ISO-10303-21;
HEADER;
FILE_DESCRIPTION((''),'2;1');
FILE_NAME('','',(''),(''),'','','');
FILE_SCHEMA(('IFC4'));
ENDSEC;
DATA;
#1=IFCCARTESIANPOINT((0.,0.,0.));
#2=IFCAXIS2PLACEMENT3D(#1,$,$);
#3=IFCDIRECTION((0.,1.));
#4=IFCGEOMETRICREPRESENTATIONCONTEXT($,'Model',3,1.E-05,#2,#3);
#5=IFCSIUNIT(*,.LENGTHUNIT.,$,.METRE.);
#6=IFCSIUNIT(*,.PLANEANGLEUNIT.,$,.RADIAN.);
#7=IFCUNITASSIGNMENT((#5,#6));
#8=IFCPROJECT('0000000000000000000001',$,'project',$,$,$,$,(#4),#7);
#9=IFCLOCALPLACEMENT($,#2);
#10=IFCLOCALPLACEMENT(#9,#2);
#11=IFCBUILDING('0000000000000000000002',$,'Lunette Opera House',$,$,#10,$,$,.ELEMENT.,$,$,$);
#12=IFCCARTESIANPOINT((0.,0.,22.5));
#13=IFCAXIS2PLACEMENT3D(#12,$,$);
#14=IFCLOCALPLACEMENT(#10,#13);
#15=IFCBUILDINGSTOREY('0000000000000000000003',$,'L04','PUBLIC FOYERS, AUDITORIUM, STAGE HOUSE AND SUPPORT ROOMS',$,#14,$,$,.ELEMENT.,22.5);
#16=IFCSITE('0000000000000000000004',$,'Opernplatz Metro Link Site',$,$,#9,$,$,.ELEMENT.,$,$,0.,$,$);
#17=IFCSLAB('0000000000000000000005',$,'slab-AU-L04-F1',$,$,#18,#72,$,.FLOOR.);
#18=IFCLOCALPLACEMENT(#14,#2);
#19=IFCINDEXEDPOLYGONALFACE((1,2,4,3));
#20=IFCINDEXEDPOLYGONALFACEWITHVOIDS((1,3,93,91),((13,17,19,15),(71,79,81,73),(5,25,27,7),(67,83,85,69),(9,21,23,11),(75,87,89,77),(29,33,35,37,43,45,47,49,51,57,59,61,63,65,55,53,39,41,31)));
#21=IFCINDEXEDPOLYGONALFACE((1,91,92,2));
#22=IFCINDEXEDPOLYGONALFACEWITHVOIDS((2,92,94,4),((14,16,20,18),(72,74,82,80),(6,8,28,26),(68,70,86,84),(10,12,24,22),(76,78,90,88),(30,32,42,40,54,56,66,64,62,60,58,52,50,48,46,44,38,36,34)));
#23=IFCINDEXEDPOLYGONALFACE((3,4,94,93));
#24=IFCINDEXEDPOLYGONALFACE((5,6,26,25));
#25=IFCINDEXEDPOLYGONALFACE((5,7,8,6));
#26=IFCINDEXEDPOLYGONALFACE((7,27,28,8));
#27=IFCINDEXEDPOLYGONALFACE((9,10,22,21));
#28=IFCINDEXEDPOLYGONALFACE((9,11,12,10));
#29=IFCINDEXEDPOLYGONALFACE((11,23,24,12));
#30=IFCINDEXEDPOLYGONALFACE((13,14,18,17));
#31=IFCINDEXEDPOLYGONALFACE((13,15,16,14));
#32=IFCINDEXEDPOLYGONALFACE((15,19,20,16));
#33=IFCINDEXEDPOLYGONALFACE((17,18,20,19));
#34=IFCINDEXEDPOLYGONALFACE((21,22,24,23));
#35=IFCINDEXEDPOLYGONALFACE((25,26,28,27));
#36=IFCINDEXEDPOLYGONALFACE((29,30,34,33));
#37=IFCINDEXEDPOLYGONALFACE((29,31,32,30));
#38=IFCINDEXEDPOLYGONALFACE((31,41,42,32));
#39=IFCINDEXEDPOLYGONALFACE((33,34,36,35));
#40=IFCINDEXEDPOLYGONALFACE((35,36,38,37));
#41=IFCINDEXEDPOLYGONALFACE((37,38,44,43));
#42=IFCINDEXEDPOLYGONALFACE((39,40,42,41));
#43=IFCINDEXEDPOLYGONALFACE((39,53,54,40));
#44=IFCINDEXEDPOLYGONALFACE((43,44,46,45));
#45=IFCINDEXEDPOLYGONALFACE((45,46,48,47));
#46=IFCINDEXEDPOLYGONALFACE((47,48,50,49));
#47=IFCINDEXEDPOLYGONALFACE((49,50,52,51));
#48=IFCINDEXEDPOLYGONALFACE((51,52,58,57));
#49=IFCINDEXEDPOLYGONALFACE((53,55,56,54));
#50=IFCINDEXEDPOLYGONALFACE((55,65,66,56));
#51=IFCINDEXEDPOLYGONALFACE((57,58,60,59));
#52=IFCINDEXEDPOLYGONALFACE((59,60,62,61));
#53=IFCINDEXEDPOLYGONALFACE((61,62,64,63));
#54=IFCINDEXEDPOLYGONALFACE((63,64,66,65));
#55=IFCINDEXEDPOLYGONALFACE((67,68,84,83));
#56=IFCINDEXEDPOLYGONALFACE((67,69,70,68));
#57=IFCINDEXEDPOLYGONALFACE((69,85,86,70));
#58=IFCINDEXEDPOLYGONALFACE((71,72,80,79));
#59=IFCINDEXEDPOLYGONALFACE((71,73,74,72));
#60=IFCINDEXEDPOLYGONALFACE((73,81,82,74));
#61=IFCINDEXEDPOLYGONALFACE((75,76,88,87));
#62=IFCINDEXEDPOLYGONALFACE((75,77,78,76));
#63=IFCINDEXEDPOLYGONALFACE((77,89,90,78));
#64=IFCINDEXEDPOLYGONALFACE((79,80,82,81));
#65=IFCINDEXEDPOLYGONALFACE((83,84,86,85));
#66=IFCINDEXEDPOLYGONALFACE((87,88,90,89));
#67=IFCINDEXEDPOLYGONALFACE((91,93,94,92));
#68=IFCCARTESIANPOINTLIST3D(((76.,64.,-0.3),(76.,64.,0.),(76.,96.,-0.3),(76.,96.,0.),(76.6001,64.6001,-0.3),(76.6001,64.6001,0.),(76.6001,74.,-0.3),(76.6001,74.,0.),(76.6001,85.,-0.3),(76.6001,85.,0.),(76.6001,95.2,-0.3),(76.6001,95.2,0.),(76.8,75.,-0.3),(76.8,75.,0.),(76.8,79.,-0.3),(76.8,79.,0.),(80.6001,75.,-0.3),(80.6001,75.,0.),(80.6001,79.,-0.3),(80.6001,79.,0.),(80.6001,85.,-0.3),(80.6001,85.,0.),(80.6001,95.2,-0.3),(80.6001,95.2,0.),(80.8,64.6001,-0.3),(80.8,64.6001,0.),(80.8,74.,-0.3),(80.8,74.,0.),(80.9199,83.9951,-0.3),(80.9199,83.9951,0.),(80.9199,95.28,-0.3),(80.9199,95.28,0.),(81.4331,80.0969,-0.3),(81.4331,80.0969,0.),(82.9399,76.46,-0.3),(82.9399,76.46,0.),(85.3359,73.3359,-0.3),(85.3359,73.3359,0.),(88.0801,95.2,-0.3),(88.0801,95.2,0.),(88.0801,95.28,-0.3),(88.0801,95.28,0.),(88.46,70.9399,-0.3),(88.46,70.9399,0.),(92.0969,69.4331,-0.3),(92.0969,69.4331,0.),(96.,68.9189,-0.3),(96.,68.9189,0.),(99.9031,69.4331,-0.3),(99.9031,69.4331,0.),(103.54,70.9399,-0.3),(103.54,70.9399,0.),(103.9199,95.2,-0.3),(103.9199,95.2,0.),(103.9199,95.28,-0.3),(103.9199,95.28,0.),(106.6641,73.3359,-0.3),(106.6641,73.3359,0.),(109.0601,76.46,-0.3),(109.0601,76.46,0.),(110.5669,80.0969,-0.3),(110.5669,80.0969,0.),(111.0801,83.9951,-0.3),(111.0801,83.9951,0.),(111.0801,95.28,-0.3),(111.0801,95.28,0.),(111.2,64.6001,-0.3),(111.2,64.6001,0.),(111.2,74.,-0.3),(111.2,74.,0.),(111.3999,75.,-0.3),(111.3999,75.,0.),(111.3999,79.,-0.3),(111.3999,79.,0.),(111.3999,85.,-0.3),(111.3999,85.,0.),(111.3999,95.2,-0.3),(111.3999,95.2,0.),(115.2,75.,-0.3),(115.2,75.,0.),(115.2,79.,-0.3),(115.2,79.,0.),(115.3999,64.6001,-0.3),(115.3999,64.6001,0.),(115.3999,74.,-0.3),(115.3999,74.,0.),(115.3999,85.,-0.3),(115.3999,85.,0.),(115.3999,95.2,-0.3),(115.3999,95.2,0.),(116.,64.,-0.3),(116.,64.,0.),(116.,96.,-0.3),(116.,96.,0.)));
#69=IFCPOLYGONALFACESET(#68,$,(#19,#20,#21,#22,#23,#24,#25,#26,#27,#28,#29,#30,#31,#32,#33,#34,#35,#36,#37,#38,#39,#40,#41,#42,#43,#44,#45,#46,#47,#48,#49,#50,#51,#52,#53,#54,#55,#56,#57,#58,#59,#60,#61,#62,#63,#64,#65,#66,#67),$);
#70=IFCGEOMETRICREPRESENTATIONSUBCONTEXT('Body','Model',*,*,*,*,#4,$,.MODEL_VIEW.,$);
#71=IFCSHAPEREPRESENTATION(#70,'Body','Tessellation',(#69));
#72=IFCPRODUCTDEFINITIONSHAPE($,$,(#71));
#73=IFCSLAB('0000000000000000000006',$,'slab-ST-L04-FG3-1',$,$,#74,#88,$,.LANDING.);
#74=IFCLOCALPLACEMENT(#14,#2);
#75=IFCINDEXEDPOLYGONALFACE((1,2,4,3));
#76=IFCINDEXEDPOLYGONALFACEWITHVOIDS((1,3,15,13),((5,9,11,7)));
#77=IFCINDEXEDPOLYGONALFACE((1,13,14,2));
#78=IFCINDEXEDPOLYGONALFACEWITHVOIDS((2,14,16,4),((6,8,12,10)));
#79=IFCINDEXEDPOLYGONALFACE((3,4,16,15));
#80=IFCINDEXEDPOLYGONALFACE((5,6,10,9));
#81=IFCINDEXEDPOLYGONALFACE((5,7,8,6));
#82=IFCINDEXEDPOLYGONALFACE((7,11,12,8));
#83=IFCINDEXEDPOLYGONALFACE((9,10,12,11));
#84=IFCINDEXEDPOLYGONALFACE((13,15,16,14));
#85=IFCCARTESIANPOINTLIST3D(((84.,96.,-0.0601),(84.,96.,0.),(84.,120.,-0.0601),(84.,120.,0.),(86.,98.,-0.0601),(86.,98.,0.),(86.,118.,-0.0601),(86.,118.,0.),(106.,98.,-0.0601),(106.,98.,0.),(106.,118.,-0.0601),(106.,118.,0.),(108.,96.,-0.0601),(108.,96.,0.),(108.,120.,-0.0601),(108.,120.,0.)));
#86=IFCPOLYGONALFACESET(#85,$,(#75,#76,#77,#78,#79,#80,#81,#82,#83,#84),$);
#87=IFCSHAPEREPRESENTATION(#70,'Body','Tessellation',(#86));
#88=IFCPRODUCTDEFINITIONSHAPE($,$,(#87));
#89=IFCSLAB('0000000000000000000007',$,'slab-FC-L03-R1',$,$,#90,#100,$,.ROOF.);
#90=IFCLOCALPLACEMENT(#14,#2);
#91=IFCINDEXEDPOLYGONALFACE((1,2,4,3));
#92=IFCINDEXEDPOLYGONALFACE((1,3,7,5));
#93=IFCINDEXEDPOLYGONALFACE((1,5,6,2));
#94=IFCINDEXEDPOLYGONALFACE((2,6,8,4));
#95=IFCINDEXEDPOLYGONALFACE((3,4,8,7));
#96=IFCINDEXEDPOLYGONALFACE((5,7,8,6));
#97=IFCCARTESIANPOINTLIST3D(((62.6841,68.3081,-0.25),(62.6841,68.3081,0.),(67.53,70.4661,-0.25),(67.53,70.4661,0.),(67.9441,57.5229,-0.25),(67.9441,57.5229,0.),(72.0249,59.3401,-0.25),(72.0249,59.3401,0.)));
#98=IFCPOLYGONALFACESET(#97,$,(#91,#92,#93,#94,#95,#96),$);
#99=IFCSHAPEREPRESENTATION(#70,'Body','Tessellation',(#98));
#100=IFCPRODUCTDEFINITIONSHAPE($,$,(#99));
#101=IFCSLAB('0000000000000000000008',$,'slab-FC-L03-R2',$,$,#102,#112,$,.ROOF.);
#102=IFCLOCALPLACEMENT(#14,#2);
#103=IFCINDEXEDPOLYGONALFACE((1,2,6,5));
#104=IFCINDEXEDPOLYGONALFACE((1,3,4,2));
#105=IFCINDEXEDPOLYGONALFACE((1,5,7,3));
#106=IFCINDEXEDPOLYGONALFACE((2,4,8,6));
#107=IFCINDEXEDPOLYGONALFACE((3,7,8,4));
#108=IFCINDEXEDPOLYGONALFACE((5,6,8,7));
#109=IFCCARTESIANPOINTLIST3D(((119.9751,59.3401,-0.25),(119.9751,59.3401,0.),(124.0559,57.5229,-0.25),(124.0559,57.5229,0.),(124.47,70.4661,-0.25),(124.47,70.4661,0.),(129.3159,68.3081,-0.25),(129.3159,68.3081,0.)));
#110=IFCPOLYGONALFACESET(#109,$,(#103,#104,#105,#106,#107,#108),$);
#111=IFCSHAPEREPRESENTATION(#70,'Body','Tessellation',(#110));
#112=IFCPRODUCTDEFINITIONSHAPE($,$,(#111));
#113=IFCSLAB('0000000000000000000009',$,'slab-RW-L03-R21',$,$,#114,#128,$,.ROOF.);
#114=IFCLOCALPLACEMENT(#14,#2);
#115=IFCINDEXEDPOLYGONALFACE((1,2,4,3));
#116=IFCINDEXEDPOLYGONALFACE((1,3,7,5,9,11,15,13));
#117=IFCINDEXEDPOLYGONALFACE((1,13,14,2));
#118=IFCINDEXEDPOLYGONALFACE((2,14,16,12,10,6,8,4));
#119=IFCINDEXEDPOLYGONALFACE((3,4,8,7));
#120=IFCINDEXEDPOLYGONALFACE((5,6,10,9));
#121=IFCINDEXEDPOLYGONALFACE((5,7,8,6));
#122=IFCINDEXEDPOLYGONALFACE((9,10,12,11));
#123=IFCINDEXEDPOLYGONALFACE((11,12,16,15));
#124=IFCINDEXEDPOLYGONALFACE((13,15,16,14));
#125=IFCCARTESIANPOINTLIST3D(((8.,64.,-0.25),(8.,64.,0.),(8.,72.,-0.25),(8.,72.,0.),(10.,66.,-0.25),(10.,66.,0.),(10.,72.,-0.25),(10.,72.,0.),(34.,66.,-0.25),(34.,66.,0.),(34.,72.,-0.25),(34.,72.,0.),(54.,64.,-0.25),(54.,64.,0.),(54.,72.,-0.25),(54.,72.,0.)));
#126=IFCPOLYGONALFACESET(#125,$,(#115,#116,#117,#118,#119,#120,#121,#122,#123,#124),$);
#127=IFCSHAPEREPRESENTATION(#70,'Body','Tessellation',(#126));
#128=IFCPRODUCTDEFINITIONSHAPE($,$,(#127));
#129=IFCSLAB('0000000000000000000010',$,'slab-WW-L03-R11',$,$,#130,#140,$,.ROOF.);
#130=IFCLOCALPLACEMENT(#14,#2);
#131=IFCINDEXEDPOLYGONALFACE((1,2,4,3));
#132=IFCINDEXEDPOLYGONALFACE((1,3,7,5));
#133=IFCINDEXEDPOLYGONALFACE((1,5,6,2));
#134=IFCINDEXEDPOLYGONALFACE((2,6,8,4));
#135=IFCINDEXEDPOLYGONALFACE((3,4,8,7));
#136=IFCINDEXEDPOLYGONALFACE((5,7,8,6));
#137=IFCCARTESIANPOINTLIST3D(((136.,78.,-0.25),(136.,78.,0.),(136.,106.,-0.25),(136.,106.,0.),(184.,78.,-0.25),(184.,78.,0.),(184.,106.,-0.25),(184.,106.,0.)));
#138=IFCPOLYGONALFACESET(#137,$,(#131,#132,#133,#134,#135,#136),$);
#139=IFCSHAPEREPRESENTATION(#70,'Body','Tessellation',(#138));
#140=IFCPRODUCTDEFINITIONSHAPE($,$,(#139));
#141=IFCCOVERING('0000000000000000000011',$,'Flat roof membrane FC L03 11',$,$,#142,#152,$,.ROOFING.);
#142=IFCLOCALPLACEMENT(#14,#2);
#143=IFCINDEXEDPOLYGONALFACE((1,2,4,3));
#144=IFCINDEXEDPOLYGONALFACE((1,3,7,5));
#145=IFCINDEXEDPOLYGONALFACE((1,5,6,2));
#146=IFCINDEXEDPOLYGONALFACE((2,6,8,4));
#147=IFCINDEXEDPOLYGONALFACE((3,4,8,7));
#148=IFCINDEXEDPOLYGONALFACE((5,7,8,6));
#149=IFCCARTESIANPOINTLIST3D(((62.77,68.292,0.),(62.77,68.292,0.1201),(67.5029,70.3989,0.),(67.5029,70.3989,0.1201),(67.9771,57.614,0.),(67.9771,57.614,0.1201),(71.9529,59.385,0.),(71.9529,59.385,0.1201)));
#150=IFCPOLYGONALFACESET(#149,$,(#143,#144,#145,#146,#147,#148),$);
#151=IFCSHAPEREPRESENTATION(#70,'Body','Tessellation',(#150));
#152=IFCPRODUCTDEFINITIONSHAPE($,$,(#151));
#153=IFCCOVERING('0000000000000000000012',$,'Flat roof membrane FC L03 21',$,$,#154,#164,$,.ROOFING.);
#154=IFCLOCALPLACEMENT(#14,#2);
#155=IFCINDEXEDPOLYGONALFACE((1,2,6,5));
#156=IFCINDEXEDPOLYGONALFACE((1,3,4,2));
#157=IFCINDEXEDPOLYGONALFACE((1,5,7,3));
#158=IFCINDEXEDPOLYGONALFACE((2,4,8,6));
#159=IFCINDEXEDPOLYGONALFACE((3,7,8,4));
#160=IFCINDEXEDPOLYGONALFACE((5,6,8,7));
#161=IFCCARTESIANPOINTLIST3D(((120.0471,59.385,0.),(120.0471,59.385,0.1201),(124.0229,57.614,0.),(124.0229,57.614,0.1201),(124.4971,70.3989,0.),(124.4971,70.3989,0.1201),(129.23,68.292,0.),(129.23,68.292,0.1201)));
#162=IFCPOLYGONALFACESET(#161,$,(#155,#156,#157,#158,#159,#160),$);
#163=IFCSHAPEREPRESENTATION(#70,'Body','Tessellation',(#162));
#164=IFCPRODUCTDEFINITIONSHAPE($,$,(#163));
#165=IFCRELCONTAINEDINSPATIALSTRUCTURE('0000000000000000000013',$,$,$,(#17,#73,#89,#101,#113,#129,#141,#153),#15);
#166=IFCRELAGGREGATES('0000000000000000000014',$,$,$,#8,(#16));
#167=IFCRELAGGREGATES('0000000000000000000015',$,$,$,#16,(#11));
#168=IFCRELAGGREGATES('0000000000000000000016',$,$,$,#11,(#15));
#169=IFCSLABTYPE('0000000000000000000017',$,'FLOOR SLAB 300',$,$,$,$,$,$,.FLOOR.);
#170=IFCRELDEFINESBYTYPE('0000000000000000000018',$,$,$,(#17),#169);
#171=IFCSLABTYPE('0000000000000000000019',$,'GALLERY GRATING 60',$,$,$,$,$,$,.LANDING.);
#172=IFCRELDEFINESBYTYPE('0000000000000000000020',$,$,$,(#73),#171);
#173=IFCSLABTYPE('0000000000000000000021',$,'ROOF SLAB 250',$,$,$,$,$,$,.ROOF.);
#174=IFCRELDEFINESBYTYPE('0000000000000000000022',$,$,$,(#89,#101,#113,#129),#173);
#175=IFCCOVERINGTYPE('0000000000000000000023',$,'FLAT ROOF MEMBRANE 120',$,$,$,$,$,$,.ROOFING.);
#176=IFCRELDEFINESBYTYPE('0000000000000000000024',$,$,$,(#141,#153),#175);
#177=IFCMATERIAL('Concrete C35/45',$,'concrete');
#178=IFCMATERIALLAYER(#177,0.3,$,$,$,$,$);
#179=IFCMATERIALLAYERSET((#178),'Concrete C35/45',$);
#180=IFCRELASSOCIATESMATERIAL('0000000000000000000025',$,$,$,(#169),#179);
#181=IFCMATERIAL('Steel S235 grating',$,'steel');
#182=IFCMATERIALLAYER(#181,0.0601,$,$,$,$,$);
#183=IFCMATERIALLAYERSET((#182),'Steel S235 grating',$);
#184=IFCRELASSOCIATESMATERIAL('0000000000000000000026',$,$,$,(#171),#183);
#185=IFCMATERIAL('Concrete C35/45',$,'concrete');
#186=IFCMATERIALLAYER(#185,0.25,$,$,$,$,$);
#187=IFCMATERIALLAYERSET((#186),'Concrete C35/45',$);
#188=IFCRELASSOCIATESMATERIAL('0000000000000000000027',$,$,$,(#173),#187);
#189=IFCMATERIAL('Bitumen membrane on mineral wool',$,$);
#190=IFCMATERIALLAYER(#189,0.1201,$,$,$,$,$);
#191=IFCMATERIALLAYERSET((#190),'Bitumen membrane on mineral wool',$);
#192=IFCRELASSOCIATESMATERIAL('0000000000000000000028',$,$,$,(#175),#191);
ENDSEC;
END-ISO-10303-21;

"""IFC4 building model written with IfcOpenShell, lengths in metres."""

from ifc_helpers import new_model, si_unit, direction, frame, origin, place, context, subcontext, project, spatial, polyline, outline, extrude, material, layer, layer_set, type_object, element, save


model = new_model("IFC4")

# Units and contexts
model_context = context("Model", 3, precision=1e-05, world=origin(), true_north=direction((0.0, 1.0)))
body_context = subcontext(model_context, "Body", "Model", "MODEL_VIEW")
ifc_project = project(units=[si_unit("LENGTHUNIT", "METRE"), si_unit("PLANEANGLEUNIT", "RADIAN")], contexts=[model_context])

# Site, building, storey
site_placement = place(None, origin())
site = spatial("IfcSite", under=ifc_project, at=site_placement, Name="Opernplatz Metro Link Site", CompositionType="ELEMENT", RefElevation=0.0)
building_placement = place(site_placement, origin())
building = spatial("IfcBuilding", under=site, at=building_placement, Name="Lunette Opera House", CompositionType="ELEMENT")
storey_placement = place(building_placement, frame((0.0, 0.0, 22.5)))
storey = spatial("IfcBuildingStorey", under=building, at=storey_placement, Name="L04", Description="PUBLIC FOYERS, AUDITORIUM, STAGE HOUSE AND SUPPORT ROOMS", CompositionType="ELEMENT", Elevation=22.5)

# Slabs
ifc_material_1 = material(Name="Concrete C35/45", Category="concrete")
ifc_layer_1 = layer(ifc_material_1, 0.3)
ifc_layer_set_1 = layer_set([ifc_layer_1], Name="Concrete C35/45")
slab_type_1 = type_object("IfcSlabType", Name="FLOOR SLAB 300", PredefinedType="FLOOR", material=ifc_layer_set_1)
slab_1_placement = place(storey_placement, frame((0.0, 0.0, -0.3)))
element("IfcSlab", 1, at=slab_1_placement, inside=storey, type_object=slab_type_1, Name="slab-AU-L04-F1", PredefinedType="FLOOR", context=body_context, shape_type="SweptSolid", body=[
    extrude(outline(polyline([(116.0, 96.0), (76.0, 96.0), (76.0, 64.0), (116.0, 64.0), (116.0, 96.0)]), holes=[polyline([(88.0801, 95.2), (103.9199, 95.2), (103.9199, 95.28), (111.0801, 95.28), (111.0801, 83.9951), (110.5669, 80.0969), (109.0601, 76.46), (106.6641, 73.3359), (103.54, 70.9399), (99.9031, 69.4331), (96.0, 68.9189), (92.0969, 69.4331), (88.46, 70.9399), (85.3359, 73.3359), (82.9399, 76.46), (81.4331, 80.0969), (80.9199, 83.9951), (80.9199, 95.28), (88.0801, 95.28), (88.0801, 95.2)]), polyline([(80.8, 64.6001), (76.6001, 64.6001), (76.6001, 74.0), (80.8, 74.0), (80.8, 64.6001)]), polyline([(111.2, 64.6001), (111.2, 74.0), (115.3999, 74.0), (115.3999, 64.6001), (111.2, 64.6001)]), polyline([(76.8, 75.0), (76.8, 79.0), (80.6001, 79.0), (80.6001, 75.0), (76.8, 75.0)]), polyline([(115.2, 75.0), (111.3999, 75.0), (111.3999, 79.0), (115.2, 79.0), (115.2, 75.0)]), polyline([(76.6001, 85.0), (76.6001, 95.2), (80.6001, 95.2), (80.6001, 85.0), (76.6001, 85.0)]), polyline([(111.3999, 85.0), (111.3999, 95.2), (115.3999, 95.2), (115.3999, 85.0), (111.3999, 85.0)])]), origin(), (0.0, 0.0, 1.0), 0.3),
])
ifc_material_2 = material(Name="Steel S235 grating", Category="steel")
ifc_layer_2 = layer(ifc_material_2, 0.0601)
ifc_layer_set_2 = layer_set([ifc_layer_2], Name="Steel S235 grating")
slab_type_2 = type_object("IfcSlabType", Name="GALLERY GRATING 60", PredefinedType="LANDING", material=ifc_layer_set_2)
slab_2_placement = place(storey_placement, frame((0.0, 0.0, -0.0601)))
element("IfcSlab", 2, at=slab_2_placement, inside=storey, type_object=slab_type_2, Name="slab-ST-L04-FG3-1", PredefinedType="LANDING", context=body_context, shape_type="SweptSolid", body=[
    extrude(outline(polyline([(84.0, 96.0), (108.0, 96.0), (108.0, 120.0), (84.0, 120.0), (84.0, 96.0)]), holes=[polyline([(106.0, 118.0), (106.0, 98.0), (86.0, 98.0), (86.0, 118.0), (106.0, 118.0)])]), origin(), (0.0, 0.0, 1.0), 0.0601),
])
ifc_material_3 = material(Name="Concrete C35/45", Category="concrete")
ifc_layer_3 = layer(ifc_material_3, 0.25)
ifc_layer_set_3 = layer_set([ifc_layer_3], Name="Concrete C35/45")
slab_type_3 = type_object("IfcSlabType", Name="ROOF SLAB 250", PredefinedType="ROOF", material=ifc_layer_set_3)
slab_3_placement = place(storey_placement, frame((0.0, 0.0, -0.25)))
element("IfcSlab", 3, at=slab_3_placement, inside=storey, type_object=slab_type_3, Name="slab-FC-L03-R1", PredefinedType="ROOF", context=body_context, shape_type="SweptSolid", body=[
    extrude(outline(polyline([(67.53, 70.4661), (62.6841, 68.3081), (67.9441, 57.5229), (72.0249, 59.3401), (67.53, 70.4661)])), origin(), (0.0, 0.0, 1.0), 0.25),
])
slab_4_placement = place(storey_placement, frame((0.0, 0.0, -0.25)))
element("IfcSlab", 4, at=slab_4_placement, inside=storey, type_object=slab_type_3, Name="slab-FC-L03-R2", PredefinedType="ROOF", context=body_context, shape_type="SweptSolid", body=[
    extrude(outline(polyline([(124.47, 70.4661), (119.9751, 59.3401), (124.0559, 57.5229), (129.3159, 68.3081), (124.47, 70.4661)])), origin(), (0.0, 0.0, 1.0), 0.25),
])
slab_5_placement = place(storey_placement, frame((0.0, 0.0, -0.25)))
element("IfcSlab", 5, at=slab_5_placement, inside=storey, type_object=slab_type_3, Name="slab-RW-L03-R21", PredefinedType="ROOF", context=body_context, shape_type="SweptSolid", body=[
    extrude(outline(polyline([(10.0, 72.0), (8.0, 72.0), (8.0, 64.0), (54.0, 64.0), (54.0, 72.0), (34.0, 72.0), (34.0, 66.0), (10.0, 66.0), (10.0, 72.0)])), origin(), (0.0, 0.0, 1.0), 0.25),
])
slab_6_placement = place(storey_placement, frame((0.0, 0.0, -0.25)))
element("IfcSlab", 6, at=slab_6_placement, inside=storey, type_object=slab_type_3, Name="slab-WW-L03-R11", PredefinedType="ROOF", context=body_context, shape_type="SweptSolid", body=[
    extrude(outline(polyline([(184.0, 78.0), (184.0, 106.0), (136.0, 106.0), (136.0, 78.0), (184.0, 78.0)])), origin(), (0.0, 0.0, 1.0), 0.25),
])

# Coverings
ifc_material_4 = material(Name="Bitumen membrane on mineral wool")
ifc_layer_4 = layer(ifc_material_4, 0.1201)
ifc_layer_set_4 = layer_set([ifc_layer_4], Name="Bitumen membrane on mineral wool")
covering_type_1 = type_object("IfcCoveringType", Name="FLAT ROOF MEMBRANE 120", PredefinedType="ROOFING", material=ifc_layer_set_4)
covering_1_placement = place(storey_placement, origin())
element("IfcCovering", 7, at=covering_1_placement, inside=storey, type_object=covering_type_1, Name="Flat roof membrane FC L03 11", PredefinedType="ROOFING", context=body_context, shape_type="SweptSolid", body=[
    extrude(outline(polyline([(67.5029, 70.3989), (71.9529, 59.385), (67.9771, 57.614), (62.77, 68.292), (67.5029, 70.3989)])), origin(), (0.0, 0.0, 1.0), 0.1201),
])
covering_2_placement = place(storey_placement, origin())
element("IfcCovering", 8, at=covering_2_placement, inside=storey, type_object=covering_type_1, Name="Flat roof membrane FC L03 21", PredefinedType="ROOFING", context=body_context, shape_type="SweptSolid", body=[
    extrude(outline(polyline([(120.0471, 59.385), (124.4971, 70.3989), (129.23, 68.292), (124.0229, 57.614), (120.0471, 59.385)])), origin(), (0.0, 0.0, 1.0), 0.1201),
])

save(model, "model.ifc")
